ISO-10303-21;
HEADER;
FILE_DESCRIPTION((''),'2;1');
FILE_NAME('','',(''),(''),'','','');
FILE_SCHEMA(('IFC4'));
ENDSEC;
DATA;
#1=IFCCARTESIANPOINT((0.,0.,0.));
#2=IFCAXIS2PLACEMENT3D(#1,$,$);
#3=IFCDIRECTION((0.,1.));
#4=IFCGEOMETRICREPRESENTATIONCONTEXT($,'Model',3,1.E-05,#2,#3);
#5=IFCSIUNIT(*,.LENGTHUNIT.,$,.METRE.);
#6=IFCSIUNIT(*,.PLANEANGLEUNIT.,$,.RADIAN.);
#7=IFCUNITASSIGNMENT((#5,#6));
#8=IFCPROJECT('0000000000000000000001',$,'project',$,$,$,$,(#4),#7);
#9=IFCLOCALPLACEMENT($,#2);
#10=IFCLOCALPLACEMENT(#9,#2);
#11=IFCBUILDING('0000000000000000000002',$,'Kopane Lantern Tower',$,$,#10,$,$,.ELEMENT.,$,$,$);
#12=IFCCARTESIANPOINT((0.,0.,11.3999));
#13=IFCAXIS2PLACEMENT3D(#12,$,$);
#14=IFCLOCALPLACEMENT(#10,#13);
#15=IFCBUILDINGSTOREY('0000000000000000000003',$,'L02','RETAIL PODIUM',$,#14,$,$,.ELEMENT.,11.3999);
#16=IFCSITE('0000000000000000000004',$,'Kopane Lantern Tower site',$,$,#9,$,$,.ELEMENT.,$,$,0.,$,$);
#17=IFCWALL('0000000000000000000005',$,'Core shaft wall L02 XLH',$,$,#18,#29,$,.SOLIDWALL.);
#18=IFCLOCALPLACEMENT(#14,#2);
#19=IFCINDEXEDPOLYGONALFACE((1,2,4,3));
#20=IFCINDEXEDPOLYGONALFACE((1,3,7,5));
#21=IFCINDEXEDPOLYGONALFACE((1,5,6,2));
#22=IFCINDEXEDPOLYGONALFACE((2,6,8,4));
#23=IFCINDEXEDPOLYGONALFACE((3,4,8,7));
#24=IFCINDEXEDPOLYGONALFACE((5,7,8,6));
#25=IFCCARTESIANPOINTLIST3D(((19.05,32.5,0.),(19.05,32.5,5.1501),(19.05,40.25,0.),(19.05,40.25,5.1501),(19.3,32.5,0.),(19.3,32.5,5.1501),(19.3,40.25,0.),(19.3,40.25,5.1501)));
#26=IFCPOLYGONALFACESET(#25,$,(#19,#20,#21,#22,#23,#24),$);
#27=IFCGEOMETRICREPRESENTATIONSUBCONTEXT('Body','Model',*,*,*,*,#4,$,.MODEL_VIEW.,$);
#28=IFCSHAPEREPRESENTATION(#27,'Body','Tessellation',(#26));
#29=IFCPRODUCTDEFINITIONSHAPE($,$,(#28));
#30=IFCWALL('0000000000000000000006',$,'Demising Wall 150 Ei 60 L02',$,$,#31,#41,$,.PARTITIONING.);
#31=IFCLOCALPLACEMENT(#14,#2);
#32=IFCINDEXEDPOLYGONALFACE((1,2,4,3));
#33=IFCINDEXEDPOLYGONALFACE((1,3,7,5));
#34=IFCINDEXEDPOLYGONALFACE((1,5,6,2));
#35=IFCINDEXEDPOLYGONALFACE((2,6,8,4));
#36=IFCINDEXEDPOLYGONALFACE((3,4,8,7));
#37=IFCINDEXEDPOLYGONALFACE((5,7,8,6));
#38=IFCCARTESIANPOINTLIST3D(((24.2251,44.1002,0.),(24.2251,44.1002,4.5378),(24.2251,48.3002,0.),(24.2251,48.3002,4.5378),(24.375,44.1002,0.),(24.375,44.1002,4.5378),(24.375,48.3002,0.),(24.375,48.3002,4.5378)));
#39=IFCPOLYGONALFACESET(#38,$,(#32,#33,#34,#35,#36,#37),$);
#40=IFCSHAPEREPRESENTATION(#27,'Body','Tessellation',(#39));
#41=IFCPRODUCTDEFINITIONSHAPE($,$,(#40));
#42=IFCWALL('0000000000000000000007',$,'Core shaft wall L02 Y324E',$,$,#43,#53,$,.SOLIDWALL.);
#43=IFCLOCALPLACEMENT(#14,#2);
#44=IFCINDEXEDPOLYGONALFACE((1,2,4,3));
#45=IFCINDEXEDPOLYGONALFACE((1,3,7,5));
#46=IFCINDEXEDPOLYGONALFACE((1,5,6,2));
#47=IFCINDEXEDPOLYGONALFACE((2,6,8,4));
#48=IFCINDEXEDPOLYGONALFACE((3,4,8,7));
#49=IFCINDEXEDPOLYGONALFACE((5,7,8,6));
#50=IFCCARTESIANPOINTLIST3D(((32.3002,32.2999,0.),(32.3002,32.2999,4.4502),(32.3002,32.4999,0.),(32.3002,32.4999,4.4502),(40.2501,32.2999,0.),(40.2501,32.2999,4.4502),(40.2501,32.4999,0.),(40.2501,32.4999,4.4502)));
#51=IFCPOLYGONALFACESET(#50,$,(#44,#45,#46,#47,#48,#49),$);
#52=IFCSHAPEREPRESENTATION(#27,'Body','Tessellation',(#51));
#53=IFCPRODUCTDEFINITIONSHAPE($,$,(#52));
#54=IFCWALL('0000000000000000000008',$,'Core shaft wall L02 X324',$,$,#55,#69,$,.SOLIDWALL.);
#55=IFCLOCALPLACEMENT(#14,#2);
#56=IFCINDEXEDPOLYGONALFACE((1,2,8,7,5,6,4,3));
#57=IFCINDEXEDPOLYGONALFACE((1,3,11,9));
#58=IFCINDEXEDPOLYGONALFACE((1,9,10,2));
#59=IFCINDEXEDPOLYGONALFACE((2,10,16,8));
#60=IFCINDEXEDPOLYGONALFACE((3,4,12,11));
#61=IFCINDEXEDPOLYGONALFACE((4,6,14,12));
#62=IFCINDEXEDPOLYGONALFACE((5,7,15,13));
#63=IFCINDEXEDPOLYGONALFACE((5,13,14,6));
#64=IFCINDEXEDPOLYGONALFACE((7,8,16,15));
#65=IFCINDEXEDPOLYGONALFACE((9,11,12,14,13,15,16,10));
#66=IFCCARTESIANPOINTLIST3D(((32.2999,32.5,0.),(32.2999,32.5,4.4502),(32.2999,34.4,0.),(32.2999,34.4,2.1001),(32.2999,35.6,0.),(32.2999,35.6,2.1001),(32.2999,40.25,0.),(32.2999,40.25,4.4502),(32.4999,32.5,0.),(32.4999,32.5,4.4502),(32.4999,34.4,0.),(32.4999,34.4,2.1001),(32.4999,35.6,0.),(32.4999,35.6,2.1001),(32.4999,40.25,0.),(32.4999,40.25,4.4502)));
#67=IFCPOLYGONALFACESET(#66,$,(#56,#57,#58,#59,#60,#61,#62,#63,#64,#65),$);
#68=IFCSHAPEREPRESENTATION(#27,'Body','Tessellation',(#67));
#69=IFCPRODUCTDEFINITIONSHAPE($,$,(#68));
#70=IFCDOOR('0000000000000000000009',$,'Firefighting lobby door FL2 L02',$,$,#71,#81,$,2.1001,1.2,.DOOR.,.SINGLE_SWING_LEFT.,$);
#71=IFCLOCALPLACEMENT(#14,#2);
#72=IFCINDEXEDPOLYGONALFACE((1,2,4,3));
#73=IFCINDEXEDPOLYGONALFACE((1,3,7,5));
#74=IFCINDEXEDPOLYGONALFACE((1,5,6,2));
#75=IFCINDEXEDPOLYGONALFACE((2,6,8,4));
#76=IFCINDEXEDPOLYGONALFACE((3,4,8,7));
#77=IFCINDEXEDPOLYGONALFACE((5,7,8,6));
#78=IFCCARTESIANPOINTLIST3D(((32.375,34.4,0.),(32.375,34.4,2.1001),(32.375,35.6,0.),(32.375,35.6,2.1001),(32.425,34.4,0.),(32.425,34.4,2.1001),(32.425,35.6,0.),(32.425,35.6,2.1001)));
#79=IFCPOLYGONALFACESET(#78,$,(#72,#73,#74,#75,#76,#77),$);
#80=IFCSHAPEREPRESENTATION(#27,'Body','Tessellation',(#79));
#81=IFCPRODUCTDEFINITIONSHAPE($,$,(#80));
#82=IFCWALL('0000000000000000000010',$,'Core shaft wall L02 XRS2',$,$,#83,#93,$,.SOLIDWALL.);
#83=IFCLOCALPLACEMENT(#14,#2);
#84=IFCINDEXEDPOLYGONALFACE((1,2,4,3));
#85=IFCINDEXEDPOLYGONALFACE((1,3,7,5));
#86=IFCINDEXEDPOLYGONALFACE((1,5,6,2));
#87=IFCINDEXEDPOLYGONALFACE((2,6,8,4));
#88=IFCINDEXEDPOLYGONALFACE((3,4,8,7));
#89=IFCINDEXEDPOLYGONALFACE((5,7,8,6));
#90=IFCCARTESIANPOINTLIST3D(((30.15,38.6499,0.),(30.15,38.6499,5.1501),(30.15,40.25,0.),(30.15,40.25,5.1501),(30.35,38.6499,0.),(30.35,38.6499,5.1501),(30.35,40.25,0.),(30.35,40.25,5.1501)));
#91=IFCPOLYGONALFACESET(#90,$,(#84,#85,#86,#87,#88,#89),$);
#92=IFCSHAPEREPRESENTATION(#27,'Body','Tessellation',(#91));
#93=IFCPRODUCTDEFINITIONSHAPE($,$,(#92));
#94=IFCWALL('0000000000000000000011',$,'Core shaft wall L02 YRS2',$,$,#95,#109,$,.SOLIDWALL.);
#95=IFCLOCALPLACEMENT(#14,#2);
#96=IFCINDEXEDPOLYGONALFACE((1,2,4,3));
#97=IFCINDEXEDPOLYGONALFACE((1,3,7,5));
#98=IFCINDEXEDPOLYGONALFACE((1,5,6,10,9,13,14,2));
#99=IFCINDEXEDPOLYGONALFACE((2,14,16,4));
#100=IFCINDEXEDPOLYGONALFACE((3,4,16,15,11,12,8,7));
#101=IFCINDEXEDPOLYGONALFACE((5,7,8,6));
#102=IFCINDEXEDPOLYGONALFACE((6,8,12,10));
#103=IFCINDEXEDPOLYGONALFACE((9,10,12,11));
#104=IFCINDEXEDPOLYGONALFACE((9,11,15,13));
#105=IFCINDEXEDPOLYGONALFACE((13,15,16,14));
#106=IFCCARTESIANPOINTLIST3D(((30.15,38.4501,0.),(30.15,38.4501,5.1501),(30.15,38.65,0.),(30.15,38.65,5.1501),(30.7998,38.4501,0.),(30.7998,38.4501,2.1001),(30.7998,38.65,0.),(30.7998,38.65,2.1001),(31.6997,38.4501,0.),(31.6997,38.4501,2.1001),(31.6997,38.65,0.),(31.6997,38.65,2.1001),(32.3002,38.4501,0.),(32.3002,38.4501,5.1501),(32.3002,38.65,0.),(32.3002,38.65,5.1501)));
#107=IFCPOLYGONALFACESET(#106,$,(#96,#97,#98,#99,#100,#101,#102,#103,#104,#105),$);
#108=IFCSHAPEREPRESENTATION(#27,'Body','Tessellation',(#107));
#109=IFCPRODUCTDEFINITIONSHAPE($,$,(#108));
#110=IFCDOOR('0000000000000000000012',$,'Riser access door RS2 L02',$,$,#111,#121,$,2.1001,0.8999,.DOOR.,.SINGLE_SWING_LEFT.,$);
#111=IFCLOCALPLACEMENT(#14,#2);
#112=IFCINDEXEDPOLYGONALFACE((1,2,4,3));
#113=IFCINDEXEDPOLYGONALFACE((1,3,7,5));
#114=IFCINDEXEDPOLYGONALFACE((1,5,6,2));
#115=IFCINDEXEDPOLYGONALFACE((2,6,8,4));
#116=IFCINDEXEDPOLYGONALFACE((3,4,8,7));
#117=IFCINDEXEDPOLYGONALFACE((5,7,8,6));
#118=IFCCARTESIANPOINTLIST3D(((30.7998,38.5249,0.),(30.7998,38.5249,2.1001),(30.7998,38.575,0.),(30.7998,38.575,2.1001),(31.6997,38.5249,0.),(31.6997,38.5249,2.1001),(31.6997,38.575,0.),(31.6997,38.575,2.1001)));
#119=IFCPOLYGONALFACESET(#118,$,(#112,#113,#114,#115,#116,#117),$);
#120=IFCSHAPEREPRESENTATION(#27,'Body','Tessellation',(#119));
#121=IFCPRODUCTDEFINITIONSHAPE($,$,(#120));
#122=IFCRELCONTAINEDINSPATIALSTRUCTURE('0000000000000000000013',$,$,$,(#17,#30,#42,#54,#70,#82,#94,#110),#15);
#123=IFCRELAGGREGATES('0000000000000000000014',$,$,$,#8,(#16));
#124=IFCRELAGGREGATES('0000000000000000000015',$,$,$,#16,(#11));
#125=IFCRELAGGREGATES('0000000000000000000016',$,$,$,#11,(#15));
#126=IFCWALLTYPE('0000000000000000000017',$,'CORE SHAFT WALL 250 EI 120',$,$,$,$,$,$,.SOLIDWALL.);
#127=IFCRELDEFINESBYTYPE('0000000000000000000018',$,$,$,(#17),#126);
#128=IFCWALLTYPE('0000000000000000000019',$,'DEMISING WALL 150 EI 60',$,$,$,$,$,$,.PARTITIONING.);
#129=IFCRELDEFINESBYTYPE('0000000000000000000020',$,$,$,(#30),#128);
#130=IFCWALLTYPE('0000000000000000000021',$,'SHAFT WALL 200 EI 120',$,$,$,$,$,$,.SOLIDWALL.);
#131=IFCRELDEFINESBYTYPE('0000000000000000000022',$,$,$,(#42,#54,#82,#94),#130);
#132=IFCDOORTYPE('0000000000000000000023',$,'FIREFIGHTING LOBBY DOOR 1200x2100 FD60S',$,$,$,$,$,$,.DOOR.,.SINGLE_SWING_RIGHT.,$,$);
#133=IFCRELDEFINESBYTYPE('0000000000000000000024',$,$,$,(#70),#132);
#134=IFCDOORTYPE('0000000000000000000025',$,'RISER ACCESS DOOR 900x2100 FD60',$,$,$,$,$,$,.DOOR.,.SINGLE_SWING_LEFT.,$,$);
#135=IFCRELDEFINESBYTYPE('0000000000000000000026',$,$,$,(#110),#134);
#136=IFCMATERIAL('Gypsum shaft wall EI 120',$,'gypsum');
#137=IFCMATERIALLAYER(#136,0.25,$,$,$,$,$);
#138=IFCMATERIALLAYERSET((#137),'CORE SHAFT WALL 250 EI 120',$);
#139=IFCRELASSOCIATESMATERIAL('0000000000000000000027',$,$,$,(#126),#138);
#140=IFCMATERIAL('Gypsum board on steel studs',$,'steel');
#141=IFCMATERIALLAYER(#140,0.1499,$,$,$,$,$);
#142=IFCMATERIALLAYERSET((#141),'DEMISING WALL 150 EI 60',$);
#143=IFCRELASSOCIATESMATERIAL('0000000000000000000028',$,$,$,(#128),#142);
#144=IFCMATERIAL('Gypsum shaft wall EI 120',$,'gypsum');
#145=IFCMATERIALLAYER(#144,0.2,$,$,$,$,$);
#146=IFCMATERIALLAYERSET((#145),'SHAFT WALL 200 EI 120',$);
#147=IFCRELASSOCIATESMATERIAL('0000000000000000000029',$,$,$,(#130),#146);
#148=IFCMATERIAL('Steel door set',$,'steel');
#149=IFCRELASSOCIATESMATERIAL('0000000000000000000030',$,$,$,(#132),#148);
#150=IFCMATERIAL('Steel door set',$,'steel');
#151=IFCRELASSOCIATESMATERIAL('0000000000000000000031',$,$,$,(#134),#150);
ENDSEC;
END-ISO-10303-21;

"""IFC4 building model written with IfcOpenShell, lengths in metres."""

from ifc_helpers import new_model, si_unit, direction, frame, frame_2d, origin, place, context, subcontext, project, spatial, rectangle, extrude, material, layer, layer_set, type_object, element, fill, save


model = new_model("IFC4")

# Units and contexts
model_context = context("Model", 3, precision=1e-05, world=origin(), true_north=direction((0.0, 1.0)))
body_context = subcontext(model_context, "Body", "Model", "MODEL_VIEW")
ifc_project = project(units=[si_unit("LENGTHUNIT", "METRE"), si_unit("PLANEANGLEUNIT", "RADIAN")], contexts=[model_context])

# Site, building, storey
site_placement = place(None, origin())
site = spatial("IfcSite", under=ifc_project, at=site_placement, Name="Kopane Lantern Tower site", CompositionType="ELEMENT", RefElevation=0.0)
building_placement = place(site_placement, origin())
building = spatial("IfcBuilding", under=site, at=building_placement, Name="Kopane Lantern Tower", CompositionType="ELEMENT")
storey_placement = place(building_placement, frame((0.0, 0.0, 11.3999)))
storey = spatial("IfcBuildingStorey", under=building, at=storey_placement, Name="L02", Description="RETAIL PODIUM", CompositionType="ELEMENT", Elevation=11.3999)

# Walls
ifc_material_1 = material(Name="Gypsum shaft wall EI 120", Category="gypsum")
ifc_layer_1 = layer(ifc_material_1, 0.25)
ifc_layer_set_1 = layer_set([ifc_layer_1], Name="CORE SHAFT WALL 250 EI 120")
wall_type_1 = type_object("IfcWallType", Name="CORE SHAFT WALL 250 EI 120", PredefinedType="SOLIDWALL", material=ifc_layer_set_1)
wall_1_placement = place(storey_placement, frame((19.175, 32.5, 0.0), z_axis=(0.0, 0.0, 1.0), x_axis=(0.0, 1.0, 0.0)))
element("IfcWall", 1, at=wall_1_placement, inside=storey, type_object=wall_type_1, Name="Core shaft wall L02 XLH", PredefinedType="SOLIDWALL", context=body_context, shape_type="SweptSolid", body=[
    extrude(rectangle(XDim=7.75, YDim=0.25, at=frame_2d((3.875, 0.0))), origin(), (0.0, 0.0, 1.0), 5.1501),
])
ifc_material_2 = material(Name="Gypsum board on steel studs", Category="steel")
ifc_layer_2 = layer(ifc_material_2, 0.1499)
ifc_layer_set_2 = layer_set([ifc_layer_2], Name="DEMISING WALL 150 EI 60")
wall_type_2 = type_object("IfcWallType", Name="DEMISING WALL 150 EI 60", PredefinedType="PARTITIONING", material=ifc_layer_set_2)
wall_2_placement = place(storey_placement, frame((24.3, 44.1001, 0.0), z_axis=(0.0, 0.0, 1.0), x_axis=(0.0, 1.0, 0.0)))
element("IfcWall", 2, at=wall_2_placement, inside=storey, type_object=wall_type_2, Name="Demising Wall 150 Ei 60 L02", PredefinedType="PARTITIONING", context=body_context, shape_type="SweptSolid", body=[
    extrude(rectangle(XDim=4.2, YDim=0.1499, at=frame_2d((2.1001, 0.0))), origin(), (0.0, 0.0, 1.0), 4.5378),
])
ifc_material_3 = material(Name="Gypsum shaft wall EI 120", Category="gypsum")
ifc_layer_3 = layer(ifc_material_3, 0.2)
ifc_layer_set_3 = layer_set([ifc_layer_3], Name="SHAFT WALL 200 EI 120")
wall_type_3 = type_object("IfcWallType", Name="SHAFT WALL 200 EI 120", PredefinedType="SOLIDWALL", material=ifc_layer_set_3)
wall_3_placement = place(storey_placement, frame((32.3, 32.3999, 0.0), z_axis=(0.0, 0.0, 1.0), x_axis=(1.0, 0.0, 0.0)))
element("IfcWall", 3, at=wall_3_placement, inside=storey, type_object=wall_type_3, Name="Core shaft wall L02 Y324E", PredefinedType="SOLIDWALL", context=body_context, shape_type="SweptSolid", body=[
    extrude(rectangle(XDim=7.95, YDim=0.2, at=frame_2d((3.9751, 0.0))), origin(), (0.0, 0.0, 1.0), 4.4502),
])

# Wall, opening, door
wall_4_placement = place(storey_placement, frame((32.3999, 32.5, 0.0), z_axis=(0.0, 0.0, 1.0), x_axis=(0.0, 1.0, 0.0)))
wall_4 = element("IfcWall", 4, at=wall_4_placement, inside=storey, type_object=wall_type_3, Name="Core shaft wall L02 X324", PredefinedType="SOLIDWALL", context=body_context, shape_type="SweptSolid", body=[
    extrude(rectangle(XDim=7.75, YDim=0.2, at=frame_2d((3.875, 0.0))), origin(), (0.0, 0.0, 1.0), 4.4502),
])
opening_1_placement = place(wall_4_placement, frame((1.8999, 0.0, 0.0)))
opening_1 = element("IfcOpeningElement", 5, at=opening_1_placement, cuts=wall_4, PredefinedType="OPENING", context=body_context, shape_type="SweptSolid", body=[
    extrude(rectangle(XDim=1.2, YDim=2.1001, at=frame_2d((0.6001, 1.05))), frame((0.0, 0.1099, 0.0), z_axis=(0.0, -1.0, 0.0), x_axis=(1.0, 0.0, 0.0)), (0.0, 0.0, 1.0), 0.22),
])
ifc_material_4 = material(Name="Steel door set", Category="steel")
door_type_1 = type_object("IfcDoorType", Name="FIREFIGHTING LOBBY DOOR 1200x2100 FD60S", OperationType="SINGLE_SWING_RIGHT", PredefinedType="DOOR", material=ifc_material_4)
door_1_placement = place(opening_1_placement, origin())
door_1 = element("IfcDoor", 6, at=door_1_placement, inside=storey, type_object=door_type_1, Name="Firefighting lobby door FL2 L02", OperationType="SINGLE_SWING_LEFT", OverallHeight=2.1001, OverallWidth=1.2, PredefinedType="DOOR", context=body_context, shape_type="SweptSolid", body=[
    extrude(rectangle(XDim=1.2, YDim=2.1001, at=frame_2d((0.6001, 1.05))), frame((0.0, 0.0249, 0.0), z_axis=(0.0, -1.0, 0.0), x_axis=(1.0, 0.0, 0.0)), (0.0, 0.0, 1.0), 0.05),
])
fill(opening_1, door_1)

# Wall
wall_5_placement = place(storey_placement, frame((30.25, 38.6499, 0.0), z_axis=(0.0, 0.0, 1.0), x_axis=(0.0, 1.0, 0.0)))
element("IfcWall", 7, at=wall_5_placement, inside=storey, type_object=wall_type_3, Name="Core shaft wall L02 XRS2", PredefinedType="SOLIDWALL", context=body_context, shape_type="SweptSolid", body=[
    extrude(rectangle(XDim=1.6001, YDim=0.2, at=frame_2d((0.8, 0.0))), origin(), (0.0, 0.0, 1.0), 5.1501),
])

# Wall, opening, door
wall_6_placement = place(storey_placement, frame((30.1499, 38.55, 0.0), z_axis=(0.0, 0.0, 1.0), x_axis=(1.0, 0.0, 0.0)))
wall_6 = element("IfcWall", 8, at=wall_6_placement, inside=storey, type_object=wall_type_3, Name="Core shaft wall L02 YRS2", PredefinedType="SOLIDWALL", context=body_context, shape_type="SweptSolid", body=[
    extrude(rectangle(XDim=2.1501, YDim=0.2, at=frame_2d((1.0752, 0.0))), origin(), (0.0, 0.0, 1.0), 5.1501),
])
opening_2_placement = place(wall_6_placement, frame((0.6499, 0.0, 0.0)))
opening_2 = element("IfcOpeningElement", 9, at=opening_2_placement, cuts=wall_6, PredefinedType="OPENING", context=body_context, shape_type="SweptSolid", body=[
    extrude(rectangle(XDim=0.8999, YDim=2.1001, at=frame_2d((0.45, 1.05))), frame((0.0, 0.1099, 0.0), z_axis=(0.0, -1.0, 0.0), x_axis=(1.0, 0.0, 0.0)), (0.0, 0.0, 1.0), 0.22),
])
ifc_material_5 = material(Name="Steel door set", Category="steel")
door_type_2 = type_object("IfcDoorType", Name="RISER ACCESS DOOR 900x2100 FD60", OperationType="SINGLE_SWING_LEFT", PredefinedType="DOOR", material=ifc_material_5)
door_2_placement = place(opening_2_placement, origin())
door_2 = element("IfcDoor", 10, at=door_2_placement, inside=storey, type_object=door_type_2, Name="Riser access door RS2 L02", OperationType="SINGLE_SWING_LEFT", OverallHeight=2.1001, OverallWidth=0.8999, PredefinedType="DOOR", context=body_context, shape_type="SweptSolid", body=[
    extrude(rectangle(XDim=0.8999, YDim=2.1001, at=frame_2d((0.45, 1.05))), frame((0.0, 0.0249, 0.0), z_axis=(0.0, -1.0, 0.0), x_axis=(1.0, 0.0, 0.0)), (0.0, 0.0, 1.0), 0.05),
])
fill(opening_2, door_2)

save(model, "model.ifc")
